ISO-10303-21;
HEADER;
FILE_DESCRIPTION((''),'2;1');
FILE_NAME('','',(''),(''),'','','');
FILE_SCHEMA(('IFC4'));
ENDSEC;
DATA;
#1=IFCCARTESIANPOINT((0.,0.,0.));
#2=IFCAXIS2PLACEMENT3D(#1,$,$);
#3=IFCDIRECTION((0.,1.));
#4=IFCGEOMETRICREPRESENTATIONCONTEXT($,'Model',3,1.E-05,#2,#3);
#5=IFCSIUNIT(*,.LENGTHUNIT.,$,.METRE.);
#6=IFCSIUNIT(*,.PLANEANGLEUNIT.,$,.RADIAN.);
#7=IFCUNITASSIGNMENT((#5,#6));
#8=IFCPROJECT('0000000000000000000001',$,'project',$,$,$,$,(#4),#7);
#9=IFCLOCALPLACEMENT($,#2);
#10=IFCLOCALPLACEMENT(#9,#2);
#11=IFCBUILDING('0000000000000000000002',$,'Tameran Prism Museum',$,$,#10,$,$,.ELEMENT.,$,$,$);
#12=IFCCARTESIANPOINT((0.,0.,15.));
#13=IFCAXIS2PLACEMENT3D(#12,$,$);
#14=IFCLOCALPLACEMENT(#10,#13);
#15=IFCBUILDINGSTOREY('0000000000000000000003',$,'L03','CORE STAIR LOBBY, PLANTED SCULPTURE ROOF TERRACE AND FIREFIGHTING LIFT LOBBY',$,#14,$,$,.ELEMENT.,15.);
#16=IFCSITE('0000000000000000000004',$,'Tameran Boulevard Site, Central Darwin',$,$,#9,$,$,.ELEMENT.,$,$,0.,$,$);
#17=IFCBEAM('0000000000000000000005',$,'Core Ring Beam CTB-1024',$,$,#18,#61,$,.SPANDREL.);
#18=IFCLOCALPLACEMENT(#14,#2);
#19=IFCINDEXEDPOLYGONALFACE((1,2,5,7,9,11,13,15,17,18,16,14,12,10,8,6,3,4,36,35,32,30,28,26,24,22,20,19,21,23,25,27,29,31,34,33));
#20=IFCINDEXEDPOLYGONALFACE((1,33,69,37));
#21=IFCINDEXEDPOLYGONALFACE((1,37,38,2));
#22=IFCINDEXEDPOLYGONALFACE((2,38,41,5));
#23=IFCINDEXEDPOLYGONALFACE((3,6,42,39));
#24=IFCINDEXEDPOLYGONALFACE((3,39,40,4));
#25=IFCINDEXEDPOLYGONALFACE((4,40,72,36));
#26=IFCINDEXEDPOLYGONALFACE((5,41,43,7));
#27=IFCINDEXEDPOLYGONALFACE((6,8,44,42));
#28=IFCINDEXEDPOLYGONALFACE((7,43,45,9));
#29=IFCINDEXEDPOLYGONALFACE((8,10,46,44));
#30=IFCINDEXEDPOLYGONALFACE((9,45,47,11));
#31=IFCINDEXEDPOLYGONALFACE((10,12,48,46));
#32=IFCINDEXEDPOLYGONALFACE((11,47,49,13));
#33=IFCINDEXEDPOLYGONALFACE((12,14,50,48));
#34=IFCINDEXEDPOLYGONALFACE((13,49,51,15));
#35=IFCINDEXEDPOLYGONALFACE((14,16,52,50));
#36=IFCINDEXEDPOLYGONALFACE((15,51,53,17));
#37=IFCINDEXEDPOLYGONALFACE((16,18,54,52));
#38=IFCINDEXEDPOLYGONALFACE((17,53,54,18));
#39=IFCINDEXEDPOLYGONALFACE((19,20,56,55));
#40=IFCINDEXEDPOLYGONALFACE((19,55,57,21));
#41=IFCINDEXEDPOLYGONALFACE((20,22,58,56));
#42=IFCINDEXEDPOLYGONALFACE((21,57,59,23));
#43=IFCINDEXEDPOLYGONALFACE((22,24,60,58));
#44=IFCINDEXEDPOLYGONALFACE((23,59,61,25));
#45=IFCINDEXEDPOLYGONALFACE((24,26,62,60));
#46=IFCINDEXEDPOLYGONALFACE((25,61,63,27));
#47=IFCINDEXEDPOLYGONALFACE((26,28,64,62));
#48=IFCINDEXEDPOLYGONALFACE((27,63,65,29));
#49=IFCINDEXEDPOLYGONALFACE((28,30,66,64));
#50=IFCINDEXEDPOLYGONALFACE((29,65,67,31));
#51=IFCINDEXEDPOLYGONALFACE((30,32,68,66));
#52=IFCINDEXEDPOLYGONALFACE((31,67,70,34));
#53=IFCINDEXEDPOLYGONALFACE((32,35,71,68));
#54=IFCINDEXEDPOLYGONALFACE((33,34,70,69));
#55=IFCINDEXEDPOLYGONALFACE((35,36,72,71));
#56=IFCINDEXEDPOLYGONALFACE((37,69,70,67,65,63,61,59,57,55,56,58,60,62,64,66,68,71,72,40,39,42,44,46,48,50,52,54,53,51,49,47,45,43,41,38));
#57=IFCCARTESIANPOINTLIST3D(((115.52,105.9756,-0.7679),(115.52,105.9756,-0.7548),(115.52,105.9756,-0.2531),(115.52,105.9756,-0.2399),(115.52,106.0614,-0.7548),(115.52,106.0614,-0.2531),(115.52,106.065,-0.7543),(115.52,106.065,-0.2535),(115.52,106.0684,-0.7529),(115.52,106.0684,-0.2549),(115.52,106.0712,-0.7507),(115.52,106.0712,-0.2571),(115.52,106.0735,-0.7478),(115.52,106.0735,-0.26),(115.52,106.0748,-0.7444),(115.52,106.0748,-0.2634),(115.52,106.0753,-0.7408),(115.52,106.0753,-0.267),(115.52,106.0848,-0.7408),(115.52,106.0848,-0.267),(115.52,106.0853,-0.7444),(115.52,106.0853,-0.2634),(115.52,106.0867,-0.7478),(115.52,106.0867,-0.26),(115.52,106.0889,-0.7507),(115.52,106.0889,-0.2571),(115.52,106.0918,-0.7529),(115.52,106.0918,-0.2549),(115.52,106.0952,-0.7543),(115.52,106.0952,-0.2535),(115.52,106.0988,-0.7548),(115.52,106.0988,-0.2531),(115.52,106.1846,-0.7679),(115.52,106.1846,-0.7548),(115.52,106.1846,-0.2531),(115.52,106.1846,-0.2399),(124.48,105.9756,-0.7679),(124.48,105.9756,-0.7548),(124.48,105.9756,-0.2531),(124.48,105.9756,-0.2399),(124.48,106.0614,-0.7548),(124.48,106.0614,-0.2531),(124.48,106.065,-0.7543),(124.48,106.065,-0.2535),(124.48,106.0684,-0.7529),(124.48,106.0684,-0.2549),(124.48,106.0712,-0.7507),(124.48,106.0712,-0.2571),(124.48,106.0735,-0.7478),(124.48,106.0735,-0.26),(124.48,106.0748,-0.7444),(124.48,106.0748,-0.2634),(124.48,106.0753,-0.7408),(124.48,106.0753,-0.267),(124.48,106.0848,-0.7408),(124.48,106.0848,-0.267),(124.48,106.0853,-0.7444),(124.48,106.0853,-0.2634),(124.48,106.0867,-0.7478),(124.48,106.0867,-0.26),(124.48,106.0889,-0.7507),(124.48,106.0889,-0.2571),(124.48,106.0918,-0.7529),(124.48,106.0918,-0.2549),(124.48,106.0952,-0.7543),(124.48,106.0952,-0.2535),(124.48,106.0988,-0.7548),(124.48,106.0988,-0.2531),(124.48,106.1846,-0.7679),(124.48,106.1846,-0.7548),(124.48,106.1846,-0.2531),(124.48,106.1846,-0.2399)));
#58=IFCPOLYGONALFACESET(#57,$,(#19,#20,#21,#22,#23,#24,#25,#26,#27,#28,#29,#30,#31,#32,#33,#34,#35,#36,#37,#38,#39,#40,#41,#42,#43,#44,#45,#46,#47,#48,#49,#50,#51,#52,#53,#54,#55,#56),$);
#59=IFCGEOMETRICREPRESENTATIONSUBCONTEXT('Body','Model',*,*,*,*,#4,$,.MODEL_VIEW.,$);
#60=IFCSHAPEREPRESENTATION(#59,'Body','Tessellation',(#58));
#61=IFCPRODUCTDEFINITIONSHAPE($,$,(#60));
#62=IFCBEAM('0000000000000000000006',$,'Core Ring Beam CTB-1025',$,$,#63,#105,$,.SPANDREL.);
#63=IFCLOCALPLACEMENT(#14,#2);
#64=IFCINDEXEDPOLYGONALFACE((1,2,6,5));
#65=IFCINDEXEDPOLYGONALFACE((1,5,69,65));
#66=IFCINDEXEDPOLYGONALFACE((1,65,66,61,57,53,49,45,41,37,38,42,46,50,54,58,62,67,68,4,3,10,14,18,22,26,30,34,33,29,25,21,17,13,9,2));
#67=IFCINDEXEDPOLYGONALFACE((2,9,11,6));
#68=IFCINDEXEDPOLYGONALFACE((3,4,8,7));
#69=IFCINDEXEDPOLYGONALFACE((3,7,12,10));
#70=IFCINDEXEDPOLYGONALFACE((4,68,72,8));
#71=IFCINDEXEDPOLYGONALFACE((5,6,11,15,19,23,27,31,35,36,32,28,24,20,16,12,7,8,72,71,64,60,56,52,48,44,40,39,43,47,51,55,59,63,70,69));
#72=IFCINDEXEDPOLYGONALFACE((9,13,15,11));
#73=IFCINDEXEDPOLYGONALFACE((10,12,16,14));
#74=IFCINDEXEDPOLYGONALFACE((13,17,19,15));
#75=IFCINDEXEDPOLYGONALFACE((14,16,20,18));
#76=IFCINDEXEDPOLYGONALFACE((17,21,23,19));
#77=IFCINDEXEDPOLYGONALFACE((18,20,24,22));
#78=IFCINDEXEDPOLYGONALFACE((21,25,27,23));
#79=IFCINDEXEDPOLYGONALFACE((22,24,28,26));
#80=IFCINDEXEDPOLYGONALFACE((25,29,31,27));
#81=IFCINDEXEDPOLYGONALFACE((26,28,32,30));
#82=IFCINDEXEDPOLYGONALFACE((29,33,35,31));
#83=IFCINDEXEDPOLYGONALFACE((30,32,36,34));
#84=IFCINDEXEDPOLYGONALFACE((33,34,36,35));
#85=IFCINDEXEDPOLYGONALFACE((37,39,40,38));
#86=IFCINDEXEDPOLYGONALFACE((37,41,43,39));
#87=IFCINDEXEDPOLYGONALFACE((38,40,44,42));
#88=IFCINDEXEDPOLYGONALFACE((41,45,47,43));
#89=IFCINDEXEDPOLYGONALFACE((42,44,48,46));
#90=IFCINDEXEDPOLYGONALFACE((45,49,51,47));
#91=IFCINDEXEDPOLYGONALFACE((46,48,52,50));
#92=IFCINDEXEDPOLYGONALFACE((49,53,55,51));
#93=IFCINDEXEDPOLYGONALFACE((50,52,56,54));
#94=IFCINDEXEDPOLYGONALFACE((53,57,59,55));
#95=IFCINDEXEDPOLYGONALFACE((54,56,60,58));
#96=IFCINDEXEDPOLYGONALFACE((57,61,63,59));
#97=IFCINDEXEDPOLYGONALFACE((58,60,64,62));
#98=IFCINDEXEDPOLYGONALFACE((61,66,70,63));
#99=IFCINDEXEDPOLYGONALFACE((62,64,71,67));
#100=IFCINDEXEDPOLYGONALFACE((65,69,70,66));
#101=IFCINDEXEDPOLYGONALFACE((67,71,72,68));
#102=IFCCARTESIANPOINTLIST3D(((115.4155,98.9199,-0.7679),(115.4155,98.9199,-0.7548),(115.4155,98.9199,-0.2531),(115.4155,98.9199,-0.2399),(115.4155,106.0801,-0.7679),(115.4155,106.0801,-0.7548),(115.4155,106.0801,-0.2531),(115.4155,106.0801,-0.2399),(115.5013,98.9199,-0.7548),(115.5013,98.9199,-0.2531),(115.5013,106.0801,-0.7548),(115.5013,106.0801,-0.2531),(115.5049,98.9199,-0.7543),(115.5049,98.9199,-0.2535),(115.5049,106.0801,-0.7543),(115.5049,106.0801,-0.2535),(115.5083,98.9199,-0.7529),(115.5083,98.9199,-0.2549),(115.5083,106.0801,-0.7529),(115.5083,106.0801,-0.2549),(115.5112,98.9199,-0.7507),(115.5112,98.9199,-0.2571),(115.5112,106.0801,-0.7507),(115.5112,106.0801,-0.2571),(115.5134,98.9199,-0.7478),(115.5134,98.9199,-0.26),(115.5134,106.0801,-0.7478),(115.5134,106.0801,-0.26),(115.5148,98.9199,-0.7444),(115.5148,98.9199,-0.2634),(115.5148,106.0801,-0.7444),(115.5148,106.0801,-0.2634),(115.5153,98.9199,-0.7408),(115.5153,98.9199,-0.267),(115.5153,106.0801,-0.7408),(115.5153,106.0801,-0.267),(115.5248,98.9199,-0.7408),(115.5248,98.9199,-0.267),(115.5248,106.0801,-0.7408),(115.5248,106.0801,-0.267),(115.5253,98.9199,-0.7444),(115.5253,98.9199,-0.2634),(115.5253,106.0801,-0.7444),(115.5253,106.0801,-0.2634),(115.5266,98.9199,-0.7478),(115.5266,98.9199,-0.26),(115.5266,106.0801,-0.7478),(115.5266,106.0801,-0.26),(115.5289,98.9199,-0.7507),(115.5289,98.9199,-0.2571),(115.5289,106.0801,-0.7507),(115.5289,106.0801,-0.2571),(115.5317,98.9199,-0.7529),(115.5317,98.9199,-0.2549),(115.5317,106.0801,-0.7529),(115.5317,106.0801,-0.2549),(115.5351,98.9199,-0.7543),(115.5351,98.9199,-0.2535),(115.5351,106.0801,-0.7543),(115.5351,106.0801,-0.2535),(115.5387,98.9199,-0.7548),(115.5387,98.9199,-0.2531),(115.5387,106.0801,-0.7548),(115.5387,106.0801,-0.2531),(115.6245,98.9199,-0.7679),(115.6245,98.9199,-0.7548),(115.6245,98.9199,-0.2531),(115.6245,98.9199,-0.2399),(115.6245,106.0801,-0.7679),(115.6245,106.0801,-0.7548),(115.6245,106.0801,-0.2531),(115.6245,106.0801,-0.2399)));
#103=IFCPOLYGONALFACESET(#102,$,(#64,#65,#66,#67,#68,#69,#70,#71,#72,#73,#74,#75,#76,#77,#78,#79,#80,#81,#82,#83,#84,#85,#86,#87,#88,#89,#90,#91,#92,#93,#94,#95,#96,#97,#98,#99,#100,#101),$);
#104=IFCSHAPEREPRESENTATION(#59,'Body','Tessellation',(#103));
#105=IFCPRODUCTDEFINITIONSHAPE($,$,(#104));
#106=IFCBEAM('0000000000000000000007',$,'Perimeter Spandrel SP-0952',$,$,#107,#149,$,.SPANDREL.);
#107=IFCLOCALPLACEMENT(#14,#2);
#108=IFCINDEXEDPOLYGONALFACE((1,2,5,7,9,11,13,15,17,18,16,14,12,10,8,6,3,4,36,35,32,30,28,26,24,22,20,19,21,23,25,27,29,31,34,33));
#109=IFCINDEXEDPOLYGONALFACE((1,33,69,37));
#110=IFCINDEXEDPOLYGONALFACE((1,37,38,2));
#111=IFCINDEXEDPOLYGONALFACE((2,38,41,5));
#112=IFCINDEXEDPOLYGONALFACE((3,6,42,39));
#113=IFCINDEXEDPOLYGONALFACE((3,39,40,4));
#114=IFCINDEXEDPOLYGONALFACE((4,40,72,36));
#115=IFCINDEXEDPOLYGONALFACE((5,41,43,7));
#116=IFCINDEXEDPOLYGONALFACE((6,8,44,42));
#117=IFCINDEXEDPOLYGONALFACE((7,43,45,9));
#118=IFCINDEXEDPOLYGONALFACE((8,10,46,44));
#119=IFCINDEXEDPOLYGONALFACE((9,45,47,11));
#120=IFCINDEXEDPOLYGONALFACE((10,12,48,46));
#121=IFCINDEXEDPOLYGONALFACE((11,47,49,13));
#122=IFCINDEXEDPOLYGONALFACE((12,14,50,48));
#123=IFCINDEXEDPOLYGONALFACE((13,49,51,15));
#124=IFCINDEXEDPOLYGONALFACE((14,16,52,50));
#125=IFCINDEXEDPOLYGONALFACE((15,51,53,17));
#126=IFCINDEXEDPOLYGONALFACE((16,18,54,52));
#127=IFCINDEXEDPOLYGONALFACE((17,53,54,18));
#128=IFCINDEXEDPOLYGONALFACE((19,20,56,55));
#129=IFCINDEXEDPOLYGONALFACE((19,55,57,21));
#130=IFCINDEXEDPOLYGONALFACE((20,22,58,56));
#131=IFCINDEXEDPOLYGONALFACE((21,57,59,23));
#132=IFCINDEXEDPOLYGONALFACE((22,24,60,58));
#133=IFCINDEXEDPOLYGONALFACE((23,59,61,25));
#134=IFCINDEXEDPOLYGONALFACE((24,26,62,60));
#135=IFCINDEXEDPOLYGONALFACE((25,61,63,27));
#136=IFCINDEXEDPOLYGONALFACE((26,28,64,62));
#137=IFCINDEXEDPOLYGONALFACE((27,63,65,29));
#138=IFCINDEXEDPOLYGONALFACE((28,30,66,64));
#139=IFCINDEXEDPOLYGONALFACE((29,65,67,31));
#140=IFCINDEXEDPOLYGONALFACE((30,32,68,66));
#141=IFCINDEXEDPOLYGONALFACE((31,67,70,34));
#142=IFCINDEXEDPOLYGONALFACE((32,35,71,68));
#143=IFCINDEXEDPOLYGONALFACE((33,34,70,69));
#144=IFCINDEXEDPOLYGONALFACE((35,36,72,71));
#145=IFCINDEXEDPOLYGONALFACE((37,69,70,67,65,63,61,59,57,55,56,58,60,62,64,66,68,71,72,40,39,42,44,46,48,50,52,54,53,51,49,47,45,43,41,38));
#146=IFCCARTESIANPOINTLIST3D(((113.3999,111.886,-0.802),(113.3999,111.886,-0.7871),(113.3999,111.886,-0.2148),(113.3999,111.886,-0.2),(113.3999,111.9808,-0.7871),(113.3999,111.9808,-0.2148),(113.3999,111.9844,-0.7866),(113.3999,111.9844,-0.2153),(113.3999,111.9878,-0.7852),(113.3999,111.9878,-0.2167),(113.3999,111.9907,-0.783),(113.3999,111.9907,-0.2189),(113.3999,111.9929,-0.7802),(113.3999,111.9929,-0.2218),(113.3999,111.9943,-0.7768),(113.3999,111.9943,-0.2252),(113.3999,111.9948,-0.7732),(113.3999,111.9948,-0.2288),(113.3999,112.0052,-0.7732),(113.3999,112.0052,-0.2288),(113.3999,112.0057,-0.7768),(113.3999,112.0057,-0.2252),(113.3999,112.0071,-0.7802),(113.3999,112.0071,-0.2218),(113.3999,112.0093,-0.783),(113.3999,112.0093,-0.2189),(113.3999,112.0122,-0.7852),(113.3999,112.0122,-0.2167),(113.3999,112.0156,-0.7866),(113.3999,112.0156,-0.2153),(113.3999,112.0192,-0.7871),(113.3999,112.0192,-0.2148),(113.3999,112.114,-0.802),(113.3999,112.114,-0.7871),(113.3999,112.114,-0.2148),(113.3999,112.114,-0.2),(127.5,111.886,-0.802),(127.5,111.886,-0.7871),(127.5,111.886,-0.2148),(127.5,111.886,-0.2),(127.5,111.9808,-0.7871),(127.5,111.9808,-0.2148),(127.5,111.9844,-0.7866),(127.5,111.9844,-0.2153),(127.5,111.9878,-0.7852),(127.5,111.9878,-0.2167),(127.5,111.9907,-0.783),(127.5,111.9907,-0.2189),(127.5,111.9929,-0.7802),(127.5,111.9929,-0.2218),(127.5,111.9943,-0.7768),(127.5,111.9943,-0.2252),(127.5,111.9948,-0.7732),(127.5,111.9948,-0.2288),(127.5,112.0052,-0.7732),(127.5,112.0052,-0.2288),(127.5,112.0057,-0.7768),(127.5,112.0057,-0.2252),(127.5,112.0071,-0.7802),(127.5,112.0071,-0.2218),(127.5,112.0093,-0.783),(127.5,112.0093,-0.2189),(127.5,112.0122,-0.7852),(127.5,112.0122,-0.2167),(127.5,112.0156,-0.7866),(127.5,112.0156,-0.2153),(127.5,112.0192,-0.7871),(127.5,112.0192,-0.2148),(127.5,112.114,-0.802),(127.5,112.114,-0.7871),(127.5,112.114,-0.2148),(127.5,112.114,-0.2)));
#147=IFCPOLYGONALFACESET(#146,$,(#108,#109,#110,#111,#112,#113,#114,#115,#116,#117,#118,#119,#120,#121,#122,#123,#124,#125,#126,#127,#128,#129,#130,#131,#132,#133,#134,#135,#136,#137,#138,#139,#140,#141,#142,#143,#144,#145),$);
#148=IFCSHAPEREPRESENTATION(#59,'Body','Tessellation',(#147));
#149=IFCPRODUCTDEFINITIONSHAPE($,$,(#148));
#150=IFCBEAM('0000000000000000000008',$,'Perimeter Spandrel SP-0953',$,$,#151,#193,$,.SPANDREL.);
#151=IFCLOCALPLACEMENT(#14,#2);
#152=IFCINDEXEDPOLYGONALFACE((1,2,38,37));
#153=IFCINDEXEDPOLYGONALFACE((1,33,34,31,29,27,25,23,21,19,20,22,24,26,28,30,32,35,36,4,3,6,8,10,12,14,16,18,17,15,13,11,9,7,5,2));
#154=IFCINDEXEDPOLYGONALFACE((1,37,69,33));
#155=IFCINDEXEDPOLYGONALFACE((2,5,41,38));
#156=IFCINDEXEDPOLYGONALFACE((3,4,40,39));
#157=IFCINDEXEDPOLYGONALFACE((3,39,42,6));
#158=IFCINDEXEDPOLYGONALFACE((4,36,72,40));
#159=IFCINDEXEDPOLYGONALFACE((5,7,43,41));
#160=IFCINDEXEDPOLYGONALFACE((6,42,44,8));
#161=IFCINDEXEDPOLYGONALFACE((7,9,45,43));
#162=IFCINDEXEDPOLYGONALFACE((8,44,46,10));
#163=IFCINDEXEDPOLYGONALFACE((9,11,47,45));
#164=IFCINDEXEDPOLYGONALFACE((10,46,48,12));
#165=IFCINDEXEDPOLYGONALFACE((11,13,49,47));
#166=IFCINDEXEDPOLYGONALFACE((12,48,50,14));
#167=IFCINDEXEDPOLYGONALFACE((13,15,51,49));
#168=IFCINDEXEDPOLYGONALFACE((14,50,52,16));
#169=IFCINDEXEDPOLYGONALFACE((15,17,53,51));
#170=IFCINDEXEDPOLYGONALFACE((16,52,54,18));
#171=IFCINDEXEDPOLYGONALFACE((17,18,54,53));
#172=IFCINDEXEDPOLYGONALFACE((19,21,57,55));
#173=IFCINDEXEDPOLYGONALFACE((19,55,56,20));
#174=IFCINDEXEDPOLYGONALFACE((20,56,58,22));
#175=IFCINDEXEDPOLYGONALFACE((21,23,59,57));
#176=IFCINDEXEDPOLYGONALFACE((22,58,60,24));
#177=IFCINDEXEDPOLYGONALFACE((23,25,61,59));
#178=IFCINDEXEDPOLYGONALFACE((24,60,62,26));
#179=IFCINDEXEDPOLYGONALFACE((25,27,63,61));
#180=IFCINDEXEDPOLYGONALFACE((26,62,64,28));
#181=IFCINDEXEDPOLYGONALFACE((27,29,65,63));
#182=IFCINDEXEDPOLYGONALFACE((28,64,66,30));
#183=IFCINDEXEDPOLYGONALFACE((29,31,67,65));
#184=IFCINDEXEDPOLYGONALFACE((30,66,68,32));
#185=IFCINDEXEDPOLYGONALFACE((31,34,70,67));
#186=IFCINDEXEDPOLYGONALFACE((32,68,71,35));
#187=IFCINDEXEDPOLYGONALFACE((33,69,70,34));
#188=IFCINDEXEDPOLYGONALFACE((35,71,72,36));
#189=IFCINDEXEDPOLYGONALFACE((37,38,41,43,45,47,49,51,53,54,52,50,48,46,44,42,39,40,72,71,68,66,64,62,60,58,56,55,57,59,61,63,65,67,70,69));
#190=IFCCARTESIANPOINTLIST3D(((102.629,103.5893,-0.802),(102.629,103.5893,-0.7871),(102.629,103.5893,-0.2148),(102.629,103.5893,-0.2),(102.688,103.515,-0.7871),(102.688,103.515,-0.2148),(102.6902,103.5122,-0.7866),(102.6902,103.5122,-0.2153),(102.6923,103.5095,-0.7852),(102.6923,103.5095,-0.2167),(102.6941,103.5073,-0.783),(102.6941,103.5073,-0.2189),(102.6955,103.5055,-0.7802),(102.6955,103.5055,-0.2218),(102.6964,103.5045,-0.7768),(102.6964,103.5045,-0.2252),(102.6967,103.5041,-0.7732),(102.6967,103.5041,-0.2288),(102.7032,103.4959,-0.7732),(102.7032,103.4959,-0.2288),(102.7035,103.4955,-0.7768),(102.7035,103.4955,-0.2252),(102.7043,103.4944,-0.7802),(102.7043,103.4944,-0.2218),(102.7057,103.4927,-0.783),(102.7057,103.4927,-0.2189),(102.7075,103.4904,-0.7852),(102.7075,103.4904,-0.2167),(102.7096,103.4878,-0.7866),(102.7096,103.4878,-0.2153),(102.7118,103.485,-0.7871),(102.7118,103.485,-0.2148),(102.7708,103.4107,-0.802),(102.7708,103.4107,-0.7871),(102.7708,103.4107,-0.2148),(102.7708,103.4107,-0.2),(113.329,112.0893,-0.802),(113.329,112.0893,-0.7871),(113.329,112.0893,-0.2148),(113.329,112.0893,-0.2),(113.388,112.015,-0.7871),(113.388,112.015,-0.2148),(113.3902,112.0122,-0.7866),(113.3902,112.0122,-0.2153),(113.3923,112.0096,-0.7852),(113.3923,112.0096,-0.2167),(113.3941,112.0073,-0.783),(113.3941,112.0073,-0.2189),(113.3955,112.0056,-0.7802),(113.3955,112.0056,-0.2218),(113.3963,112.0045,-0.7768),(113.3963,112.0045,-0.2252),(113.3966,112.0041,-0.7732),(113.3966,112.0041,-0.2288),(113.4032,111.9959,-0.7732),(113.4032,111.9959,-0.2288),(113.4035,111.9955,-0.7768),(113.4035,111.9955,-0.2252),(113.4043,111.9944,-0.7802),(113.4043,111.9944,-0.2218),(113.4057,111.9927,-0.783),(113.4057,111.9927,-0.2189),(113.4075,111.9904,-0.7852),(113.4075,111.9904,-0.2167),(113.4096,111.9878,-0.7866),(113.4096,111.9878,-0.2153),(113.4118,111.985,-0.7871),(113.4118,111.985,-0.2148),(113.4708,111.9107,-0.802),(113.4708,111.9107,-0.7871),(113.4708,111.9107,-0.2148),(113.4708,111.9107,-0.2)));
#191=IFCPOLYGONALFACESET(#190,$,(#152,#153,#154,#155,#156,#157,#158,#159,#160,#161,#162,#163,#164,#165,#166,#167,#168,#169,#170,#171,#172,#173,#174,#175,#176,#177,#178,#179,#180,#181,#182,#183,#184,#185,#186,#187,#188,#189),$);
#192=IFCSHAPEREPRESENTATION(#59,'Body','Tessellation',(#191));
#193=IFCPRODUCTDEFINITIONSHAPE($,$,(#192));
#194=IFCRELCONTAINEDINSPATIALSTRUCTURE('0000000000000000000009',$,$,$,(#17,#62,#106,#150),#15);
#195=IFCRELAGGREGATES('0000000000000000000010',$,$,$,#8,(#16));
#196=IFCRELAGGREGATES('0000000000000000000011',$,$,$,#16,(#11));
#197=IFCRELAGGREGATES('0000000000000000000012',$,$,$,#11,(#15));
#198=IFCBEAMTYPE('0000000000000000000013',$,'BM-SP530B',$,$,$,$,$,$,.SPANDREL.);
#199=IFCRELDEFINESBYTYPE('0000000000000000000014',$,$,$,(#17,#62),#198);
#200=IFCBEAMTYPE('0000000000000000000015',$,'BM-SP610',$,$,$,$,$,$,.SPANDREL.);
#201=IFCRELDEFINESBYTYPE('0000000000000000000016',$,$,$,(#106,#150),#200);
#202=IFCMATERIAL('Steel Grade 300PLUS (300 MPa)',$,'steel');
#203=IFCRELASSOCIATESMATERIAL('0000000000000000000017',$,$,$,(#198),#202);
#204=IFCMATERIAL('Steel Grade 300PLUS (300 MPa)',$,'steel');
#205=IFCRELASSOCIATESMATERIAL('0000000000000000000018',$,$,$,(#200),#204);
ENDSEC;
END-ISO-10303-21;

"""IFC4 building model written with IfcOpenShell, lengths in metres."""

from ifc_helpers import new_model, si_unit, direction, frame, origin, origin_2d, place, context, subcontext, project, spatial, i_section, extrude, material, material_profile, profile_set, type_object, element, save


model = new_model("IFC4")

# Units and contexts
model_context = context("Model", 3, precision=1e-05, world=origin(), true_north=direction((0.0, 1.0)))
body_context = subcontext(model_context, "Body", "Model", "MODEL_VIEW")
ifc_project = project(units=[si_unit("LENGTHUNIT", "METRE"), si_unit("PLANEANGLEUNIT", "RADIAN")], contexts=[model_context])

# Site, building, storey
site_placement = place(None, origin())
site = spatial("IfcSite", under=ifc_project, at=site_placement, Name="Tameran Boulevard Site, Central Darwin", CompositionType="ELEMENT", RefElevation=0.0)
building_placement = place(site_placement, origin())
building = spatial("IfcBuilding", under=site, at=building_placement, Name="Tameran Prism Museum", CompositionType="ELEMENT")
storey_placement = place(building_placement, frame((0.0, 0.0, 15.0)))
storey = spatial("IfcBuildingStorey", under=building, at=storey_placement, Name="L03", Description="CORE STAIR LOBBY, PLANTED SCULPTURE ROOF TERRACE AND FIREFIGHTING LIFT LOBBY", CompositionType="ELEMENT", Elevation=15.0)

# Beams
ifc_material_1 = material(Name="Steel Grade 300PLUS (300 MPa)", Category="steel")
ifc_material_profile_1 = material_profile(ifc_material_1, i_section(OverallWidth=0.209, OverallDepth=0.5281, WebThickness=0.0095, FlangeThickness=0.0132, FilletRadius=0.0139, at=origin_2d()))
ifc_profile_set_1 = profile_set([ifc_material_profile_1])
beam_type_1 = type_object("IfcBeamType", Name="BM-SP530B", PredefinedType="SPANDREL", material=ifc_profile_set_1)
beam_1_placement = place(storey_placement, frame((124.48, 106.0801, -0.5039), z_axis=(-1.0, 0.0, 0.0), x_axis=(0.0, -1.0, 0.0)))
element("IfcBeam", 1, at=beam_1_placement, inside=storey, type_object=beam_type_1, Name="Core Ring Beam CTB-1024", PredefinedType="SPANDREL", context=body_context, shape_type="SweptSolid", body=[
    extrude(i_section(OverallWidth=0.209, OverallDepth=0.5281, WebThickness=0.0095, FlangeThickness=0.0132, FilletRadius=0.0139, at=origin_2d()), origin(), (0.0, 0.0, 1.0), 8.96),
])
beam_2_placement = place(storey_placement, frame((115.52, 106.0801, -0.5039), z_axis=(0.0, -1.0, 0.0), x_axis=(1.0, 0.0, 0.0)))
element("IfcBeam", 2, at=beam_2_placement, inside=storey, type_object=beam_type_1, Name="Core Ring Beam CTB-1025", PredefinedType="SPANDREL", context=body_context, shape_type="SweptSolid", body=[
    extrude(i_section(OverallWidth=0.209, OverallDepth=0.5281, WebThickness=0.0095, FlangeThickness=0.0132, FilletRadius=0.0139, at=origin_2d()), origin(), (0.0, 0.0, 1.0), 7.1602),
])
ifc_material_2 = material(Name="Steel Grade 300PLUS (300 MPa)", Category="steel")
ifc_material_profile_2 = material_profile(ifc_material_2, i_section(OverallWidth=0.228, OverallDepth=0.6021, WebThickness=0.0105, FlangeThickness=0.0149, FilletRadius=0.0139, at=origin_2d()))
ifc_profile_set_2 = profile_set([ifc_material_profile_2])
beam_type_2 = type_object("IfcBeamType", Name="BM-SP610", PredefinedType="SPANDREL", material=ifc_profile_set_2)
beam_3_placement = place(storey_placement, frame((127.5, 112.0, -0.501), z_axis=(-1.0, 0.0, 0.0), x_axis=(0.0, -1.0, 0.0)))
element("IfcBeam", 3, at=beam_3_placement, inside=storey, type_object=beam_type_2, Name="Perimeter Spandrel SP-0952", PredefinedType="SPANDREL", context=body_context, shape_type="SweptSolid", body=[
    extrude(i_section(OverallWidth=0.228, OverallDepth=0.6021, WebThickness=0.0105, FlangeThickness=0.0149, FilletRadius=0.0139, at=origin_2d()), origin(), (0.0, 0.0, 1.0), 14.1001),
])
beam_4_placement = place(storey_placement, frame((113.3999, 112.0, -0.501), z_axis=(-0.783005, -0.622016, 0.0), x_axis=(0.622016, -0.783005, 0.0)))
element("IfcBeam", 4, at=beam_4_placement, inside=storey, type_object=beam_type_2, Name="Perimeter Spandrel SP-0953", PredefinedType="SPANDREL", context=body_context, shape_type="SweptSolid", body=[
    extrude(i_section(OverallWidth=0.228, OverallDepth=0.6021, WebThickness=0.0105, FlangeThickness=0.0149, FilletRadius=0.0139, at=origin_2d()), origin(), (0.0, 0.0, 1.0), 13.6653),
])

save(model, "model.ifc")
